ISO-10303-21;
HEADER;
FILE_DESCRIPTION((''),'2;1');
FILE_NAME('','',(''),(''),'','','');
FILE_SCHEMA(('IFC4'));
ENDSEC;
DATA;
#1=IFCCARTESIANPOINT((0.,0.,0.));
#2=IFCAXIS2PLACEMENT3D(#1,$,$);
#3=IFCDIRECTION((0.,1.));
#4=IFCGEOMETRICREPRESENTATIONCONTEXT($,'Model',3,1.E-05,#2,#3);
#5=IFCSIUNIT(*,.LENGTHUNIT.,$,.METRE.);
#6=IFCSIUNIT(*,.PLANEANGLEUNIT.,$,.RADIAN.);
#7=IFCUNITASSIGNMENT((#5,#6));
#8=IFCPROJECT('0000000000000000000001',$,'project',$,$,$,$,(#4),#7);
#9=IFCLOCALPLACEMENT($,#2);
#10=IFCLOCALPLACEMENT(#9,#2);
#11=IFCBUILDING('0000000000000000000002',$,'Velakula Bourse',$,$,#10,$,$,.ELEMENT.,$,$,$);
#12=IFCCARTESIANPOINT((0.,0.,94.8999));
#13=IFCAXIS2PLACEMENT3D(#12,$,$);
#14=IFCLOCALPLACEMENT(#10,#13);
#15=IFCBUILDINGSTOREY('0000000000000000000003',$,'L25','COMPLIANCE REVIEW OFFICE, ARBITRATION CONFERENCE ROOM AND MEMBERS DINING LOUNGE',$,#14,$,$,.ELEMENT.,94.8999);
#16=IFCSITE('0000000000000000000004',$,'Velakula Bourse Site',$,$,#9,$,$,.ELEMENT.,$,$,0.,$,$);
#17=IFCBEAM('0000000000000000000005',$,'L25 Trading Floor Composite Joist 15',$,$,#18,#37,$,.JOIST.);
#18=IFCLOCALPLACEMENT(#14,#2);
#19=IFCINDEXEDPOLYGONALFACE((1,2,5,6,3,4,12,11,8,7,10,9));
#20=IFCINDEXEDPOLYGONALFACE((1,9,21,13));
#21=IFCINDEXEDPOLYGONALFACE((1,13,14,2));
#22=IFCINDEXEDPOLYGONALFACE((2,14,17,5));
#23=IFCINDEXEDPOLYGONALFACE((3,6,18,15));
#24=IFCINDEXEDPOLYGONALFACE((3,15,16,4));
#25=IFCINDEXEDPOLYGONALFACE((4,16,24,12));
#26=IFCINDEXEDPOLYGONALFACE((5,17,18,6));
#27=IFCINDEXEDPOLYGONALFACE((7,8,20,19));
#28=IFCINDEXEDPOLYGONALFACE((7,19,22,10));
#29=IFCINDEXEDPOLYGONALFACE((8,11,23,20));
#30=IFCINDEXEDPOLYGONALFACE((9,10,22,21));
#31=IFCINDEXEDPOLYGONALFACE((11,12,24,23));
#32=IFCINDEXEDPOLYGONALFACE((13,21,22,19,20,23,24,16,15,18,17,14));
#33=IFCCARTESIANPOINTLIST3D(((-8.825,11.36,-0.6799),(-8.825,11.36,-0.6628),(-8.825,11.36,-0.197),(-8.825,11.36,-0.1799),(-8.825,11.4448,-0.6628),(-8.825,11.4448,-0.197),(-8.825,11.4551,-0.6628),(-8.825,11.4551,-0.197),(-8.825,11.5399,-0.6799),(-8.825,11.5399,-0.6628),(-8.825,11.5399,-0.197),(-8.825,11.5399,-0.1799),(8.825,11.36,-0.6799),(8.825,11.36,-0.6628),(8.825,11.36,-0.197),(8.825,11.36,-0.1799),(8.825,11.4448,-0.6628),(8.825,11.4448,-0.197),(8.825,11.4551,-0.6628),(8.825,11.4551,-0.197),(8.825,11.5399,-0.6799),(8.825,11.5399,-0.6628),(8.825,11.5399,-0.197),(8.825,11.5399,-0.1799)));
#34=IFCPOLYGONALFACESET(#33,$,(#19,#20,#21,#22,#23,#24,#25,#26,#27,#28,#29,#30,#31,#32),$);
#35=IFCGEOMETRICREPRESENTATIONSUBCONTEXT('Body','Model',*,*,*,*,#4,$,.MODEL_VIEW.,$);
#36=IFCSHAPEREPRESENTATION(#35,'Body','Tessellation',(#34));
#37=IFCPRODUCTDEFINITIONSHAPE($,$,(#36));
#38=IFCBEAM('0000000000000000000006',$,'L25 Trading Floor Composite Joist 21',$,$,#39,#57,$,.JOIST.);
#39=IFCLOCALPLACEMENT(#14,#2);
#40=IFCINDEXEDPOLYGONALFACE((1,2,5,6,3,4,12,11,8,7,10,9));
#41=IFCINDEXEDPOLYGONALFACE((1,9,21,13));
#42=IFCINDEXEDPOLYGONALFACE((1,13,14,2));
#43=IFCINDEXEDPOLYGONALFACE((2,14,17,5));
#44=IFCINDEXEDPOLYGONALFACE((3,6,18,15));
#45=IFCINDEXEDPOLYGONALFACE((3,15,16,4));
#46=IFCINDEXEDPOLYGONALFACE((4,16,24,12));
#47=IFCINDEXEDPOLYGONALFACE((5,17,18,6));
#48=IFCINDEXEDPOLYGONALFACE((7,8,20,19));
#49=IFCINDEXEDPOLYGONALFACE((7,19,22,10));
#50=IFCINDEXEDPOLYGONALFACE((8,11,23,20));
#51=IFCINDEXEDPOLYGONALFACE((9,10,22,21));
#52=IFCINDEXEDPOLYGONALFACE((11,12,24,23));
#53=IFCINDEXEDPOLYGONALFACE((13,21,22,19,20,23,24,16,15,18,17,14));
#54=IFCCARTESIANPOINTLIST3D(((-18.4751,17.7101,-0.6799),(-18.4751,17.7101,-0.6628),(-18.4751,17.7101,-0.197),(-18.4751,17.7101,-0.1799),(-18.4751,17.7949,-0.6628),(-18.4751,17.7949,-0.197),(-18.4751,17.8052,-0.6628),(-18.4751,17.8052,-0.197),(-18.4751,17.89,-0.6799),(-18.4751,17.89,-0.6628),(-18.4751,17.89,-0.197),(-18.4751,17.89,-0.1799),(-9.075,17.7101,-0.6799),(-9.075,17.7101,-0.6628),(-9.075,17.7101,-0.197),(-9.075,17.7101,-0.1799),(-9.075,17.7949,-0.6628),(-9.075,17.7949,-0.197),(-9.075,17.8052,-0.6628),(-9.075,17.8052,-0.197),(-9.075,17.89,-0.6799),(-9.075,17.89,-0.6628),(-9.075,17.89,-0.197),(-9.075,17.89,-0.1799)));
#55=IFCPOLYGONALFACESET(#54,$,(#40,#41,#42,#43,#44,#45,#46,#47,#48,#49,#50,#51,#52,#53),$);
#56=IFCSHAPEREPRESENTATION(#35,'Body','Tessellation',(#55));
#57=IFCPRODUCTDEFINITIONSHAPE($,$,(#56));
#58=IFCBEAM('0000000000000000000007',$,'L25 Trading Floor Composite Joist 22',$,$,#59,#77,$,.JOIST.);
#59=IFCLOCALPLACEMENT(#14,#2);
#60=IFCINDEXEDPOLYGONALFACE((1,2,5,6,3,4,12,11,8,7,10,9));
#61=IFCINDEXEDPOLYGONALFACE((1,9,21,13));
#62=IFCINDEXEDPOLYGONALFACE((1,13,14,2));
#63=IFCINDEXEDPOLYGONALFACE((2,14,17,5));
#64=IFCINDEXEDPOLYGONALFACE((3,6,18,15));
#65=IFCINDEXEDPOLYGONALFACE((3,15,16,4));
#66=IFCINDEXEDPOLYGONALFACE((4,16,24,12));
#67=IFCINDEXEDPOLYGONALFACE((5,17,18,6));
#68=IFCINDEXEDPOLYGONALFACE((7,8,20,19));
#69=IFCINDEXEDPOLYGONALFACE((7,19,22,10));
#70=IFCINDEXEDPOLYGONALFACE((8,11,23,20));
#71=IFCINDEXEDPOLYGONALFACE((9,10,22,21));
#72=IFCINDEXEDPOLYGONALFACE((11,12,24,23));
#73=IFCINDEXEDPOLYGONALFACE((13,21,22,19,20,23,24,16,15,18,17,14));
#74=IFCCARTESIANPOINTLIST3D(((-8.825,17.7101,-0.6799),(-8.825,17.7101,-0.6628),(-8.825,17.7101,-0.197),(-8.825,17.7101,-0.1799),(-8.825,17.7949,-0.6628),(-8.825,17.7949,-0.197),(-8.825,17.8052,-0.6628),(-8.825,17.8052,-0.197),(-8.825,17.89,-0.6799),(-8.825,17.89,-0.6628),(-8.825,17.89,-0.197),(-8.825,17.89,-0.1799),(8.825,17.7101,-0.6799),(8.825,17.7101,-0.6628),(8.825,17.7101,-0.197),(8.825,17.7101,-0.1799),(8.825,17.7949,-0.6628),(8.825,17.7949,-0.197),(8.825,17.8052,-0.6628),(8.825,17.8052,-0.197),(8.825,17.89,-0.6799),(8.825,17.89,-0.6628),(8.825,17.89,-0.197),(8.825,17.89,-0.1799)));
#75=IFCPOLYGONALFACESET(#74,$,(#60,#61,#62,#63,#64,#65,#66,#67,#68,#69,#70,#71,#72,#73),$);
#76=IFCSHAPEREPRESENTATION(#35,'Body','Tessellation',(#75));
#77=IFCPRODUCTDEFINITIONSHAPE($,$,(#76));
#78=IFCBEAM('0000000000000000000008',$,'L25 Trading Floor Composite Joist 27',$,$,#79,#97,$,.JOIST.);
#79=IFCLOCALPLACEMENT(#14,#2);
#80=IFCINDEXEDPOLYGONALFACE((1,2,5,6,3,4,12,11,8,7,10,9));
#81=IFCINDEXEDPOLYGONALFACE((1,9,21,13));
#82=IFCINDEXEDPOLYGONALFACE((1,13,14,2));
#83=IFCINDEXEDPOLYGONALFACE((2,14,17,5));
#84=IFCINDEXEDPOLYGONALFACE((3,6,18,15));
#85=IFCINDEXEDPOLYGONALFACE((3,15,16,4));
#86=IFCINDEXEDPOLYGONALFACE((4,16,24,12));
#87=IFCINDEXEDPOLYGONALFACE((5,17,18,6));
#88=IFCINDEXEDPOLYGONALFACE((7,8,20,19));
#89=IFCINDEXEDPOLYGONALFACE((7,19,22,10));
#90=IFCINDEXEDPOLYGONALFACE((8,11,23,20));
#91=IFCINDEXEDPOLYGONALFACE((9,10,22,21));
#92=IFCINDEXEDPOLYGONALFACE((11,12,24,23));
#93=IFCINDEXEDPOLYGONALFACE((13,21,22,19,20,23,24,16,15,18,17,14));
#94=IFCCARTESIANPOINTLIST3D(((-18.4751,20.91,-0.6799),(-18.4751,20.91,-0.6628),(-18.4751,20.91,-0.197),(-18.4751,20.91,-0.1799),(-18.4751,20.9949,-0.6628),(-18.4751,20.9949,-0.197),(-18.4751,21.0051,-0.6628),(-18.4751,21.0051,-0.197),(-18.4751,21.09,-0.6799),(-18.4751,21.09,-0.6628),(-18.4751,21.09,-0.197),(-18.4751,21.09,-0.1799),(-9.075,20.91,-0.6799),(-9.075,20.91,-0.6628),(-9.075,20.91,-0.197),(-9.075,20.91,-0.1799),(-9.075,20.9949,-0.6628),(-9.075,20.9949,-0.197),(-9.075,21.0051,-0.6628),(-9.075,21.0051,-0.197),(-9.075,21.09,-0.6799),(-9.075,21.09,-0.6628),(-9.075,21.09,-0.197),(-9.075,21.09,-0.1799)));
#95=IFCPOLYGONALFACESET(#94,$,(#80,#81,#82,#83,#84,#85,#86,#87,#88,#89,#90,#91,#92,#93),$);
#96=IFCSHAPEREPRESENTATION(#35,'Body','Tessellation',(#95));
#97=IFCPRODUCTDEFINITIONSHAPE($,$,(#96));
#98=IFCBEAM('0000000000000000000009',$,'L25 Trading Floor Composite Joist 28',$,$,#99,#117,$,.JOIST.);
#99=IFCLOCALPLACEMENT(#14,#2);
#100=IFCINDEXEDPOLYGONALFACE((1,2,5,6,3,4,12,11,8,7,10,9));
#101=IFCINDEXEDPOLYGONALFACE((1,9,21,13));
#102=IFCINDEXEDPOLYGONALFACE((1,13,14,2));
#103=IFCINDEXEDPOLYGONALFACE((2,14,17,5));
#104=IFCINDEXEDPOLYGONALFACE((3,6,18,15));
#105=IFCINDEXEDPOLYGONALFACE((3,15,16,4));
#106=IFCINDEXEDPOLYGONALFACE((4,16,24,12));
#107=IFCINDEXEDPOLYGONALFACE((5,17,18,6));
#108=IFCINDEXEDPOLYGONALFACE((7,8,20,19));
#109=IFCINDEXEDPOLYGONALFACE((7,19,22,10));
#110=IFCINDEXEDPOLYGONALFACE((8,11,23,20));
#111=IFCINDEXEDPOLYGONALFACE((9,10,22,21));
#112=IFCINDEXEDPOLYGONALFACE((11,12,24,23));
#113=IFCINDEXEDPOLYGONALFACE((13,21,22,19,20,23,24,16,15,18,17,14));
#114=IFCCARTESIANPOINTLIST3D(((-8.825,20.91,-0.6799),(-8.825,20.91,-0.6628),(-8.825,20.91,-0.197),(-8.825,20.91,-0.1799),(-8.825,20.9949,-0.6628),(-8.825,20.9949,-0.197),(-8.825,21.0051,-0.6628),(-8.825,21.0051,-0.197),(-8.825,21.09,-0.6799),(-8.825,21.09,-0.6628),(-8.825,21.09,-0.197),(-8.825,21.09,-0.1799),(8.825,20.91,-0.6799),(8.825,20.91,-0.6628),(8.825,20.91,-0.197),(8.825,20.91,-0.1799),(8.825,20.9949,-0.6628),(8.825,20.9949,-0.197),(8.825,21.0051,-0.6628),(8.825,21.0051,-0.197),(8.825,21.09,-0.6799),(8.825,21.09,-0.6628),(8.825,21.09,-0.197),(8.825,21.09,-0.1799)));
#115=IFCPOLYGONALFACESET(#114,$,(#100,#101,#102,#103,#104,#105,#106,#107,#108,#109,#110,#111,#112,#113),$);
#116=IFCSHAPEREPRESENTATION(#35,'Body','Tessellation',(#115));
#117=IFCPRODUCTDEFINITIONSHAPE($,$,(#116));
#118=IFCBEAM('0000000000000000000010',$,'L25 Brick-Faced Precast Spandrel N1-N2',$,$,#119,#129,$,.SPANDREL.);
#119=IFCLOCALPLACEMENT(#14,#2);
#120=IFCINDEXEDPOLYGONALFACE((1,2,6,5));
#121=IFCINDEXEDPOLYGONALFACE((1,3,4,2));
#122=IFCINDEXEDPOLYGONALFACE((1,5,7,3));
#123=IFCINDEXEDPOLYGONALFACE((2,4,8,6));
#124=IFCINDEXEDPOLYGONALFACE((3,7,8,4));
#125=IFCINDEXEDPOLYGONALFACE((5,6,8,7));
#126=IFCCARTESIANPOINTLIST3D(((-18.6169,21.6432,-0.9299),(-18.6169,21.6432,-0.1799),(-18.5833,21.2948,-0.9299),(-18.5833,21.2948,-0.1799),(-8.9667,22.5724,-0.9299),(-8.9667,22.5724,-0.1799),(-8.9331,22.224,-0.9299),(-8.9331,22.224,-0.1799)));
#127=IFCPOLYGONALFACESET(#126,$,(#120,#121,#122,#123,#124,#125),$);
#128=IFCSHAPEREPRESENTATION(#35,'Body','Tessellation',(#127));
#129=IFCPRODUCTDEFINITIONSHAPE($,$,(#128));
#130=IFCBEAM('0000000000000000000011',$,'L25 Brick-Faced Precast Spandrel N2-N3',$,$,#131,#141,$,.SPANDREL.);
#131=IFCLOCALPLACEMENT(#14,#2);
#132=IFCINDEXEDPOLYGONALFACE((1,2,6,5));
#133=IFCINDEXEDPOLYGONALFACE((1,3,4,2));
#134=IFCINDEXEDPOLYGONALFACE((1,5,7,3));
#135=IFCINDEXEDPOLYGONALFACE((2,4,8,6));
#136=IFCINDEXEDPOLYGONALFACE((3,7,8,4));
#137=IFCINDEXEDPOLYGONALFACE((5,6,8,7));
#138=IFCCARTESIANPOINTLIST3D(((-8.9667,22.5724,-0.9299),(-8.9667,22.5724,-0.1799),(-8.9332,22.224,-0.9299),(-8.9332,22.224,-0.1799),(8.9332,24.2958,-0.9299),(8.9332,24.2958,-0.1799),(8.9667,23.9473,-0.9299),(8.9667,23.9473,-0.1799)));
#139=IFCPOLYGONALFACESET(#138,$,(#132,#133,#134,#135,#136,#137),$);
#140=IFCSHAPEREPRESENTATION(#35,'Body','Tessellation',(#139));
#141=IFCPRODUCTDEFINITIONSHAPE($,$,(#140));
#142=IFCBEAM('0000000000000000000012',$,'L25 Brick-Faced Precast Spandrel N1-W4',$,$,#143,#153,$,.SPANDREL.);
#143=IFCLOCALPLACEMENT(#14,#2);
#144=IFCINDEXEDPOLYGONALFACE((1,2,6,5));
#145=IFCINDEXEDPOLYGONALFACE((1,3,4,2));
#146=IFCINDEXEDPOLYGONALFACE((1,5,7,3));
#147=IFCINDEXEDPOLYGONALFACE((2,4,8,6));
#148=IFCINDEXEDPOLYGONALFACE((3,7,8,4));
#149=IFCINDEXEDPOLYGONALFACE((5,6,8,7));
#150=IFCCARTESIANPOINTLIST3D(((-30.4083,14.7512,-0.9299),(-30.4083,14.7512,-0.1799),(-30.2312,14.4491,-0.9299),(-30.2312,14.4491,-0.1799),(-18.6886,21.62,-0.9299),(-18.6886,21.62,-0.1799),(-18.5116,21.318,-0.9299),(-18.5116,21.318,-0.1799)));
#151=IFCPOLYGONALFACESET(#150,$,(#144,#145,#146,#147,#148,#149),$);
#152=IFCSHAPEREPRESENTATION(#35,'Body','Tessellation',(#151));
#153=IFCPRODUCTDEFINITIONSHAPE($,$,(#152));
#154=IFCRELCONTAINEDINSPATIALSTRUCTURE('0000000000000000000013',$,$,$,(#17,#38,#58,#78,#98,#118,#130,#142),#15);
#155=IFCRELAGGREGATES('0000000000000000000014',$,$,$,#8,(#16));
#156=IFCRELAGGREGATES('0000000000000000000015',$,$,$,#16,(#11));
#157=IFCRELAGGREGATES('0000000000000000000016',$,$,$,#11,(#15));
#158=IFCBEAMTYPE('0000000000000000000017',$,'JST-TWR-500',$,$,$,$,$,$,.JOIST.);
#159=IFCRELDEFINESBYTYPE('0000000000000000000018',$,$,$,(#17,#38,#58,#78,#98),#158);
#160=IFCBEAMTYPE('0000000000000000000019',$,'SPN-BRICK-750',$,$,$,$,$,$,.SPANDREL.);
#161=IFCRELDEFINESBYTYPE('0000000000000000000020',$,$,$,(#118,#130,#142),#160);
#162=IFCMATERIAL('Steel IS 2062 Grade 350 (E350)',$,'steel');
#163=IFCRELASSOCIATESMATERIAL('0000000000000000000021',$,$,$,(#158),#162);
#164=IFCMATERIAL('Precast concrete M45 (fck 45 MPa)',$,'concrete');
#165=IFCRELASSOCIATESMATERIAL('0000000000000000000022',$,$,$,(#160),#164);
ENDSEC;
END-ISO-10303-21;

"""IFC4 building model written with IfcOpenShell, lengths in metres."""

from ifc_helpers import new_model, si_unit, direction, frame, origin, origin_2d, place, context, subcontext, project, spatial, rectangle, i_section, extrude, material, material_profile, profile_set, type_object, element, save


model = new_model("IFC4")

# Units and contexts
model_context = context("Model", 3, precision=1e-05, world=origin(), true_north=direction((0.0, 1.0)))
body_context = subcontext(model_context, "Body", "Model", "MODEL_VIEW")
ifc_project = project(units=[si_unit("LENGTHUNIT", "METRE"), si_unit("PLANEANGLEUNIT", "RADIAN")], contexts=[model_context])

# Site, building, storey
site_placement = place(None, origin())
site = spatial("IfcSite", under=ifc_project, at=site_placement, Name="Velakula Bourse Site", CompositionType="ELEMENT", RefElevation=0.0)
building_placement = place(site_placement, origin())
building = spatial("IfcBuilding", under=site, at=building_placement, Name="Velakula Bourse", CompositionType="ELEMENT")
storey_placement = place(building_placement, frame((0.0, 0.0, 94.8999)))
storey = spatial("IfcBuildingStorey", under=building, at=storey_placement, Name="L25", Description="COMPLIANCE REVIEW OFFICE, ARBITRATION CONFERENCE ROOM AND MEMBERS DINING LOUNGE", CompositionType="ELEMENT", Elevation=94.8999)

# Beams
ifc_material_1 = material(Name="Steel IS 2062 Grade 350 (E350)", Category="steel")
ifc_material_profile_1 = material_profile(ifc_material_1, i_section(OverallWidth=0.1799, OverallDepth=0.5, WebThickness=0.0103, FlangeThickness=0.0171, at=origin_2d()), Name="Steel IS 2062 Grade 350 (E350)")
ifc_profile_set_1 = profile_set([ifc_material_profile_1], Name="Steel IS 2062 Grade 350 (E350)")
beam_type_1 = type_object("IfcBeamType", Name="JST-TWR-500", PredefinedType="JOIST", material=ifc_profile_set_1)
beam_1_placement = place(storey_placement, frame((-8.825, 11.45, -0.4299), z_axis=(1.0, 0.0, 0.0), x_axis=(0.0, 1.0, 0.0)))
element("IfcBeam", 1, at=beam_1_placement, inside=storey, type_object=beam_type_1, Name="L25 Trading Floor Composite Joist 15", PredefinedType="JOIST", context=body_context, shape_type="SweptSolid", body=[
    extrude(i_section(OverallWidth=0.1799, OverallDepth=0.5, WebThickness=0.0103, FlangeThickness=0.0171, at=origin_2d()), origin(), (0.0, 0.0, 1.0), 17.6499),
])
beam_2_placement = place(storey_placement, frame((-18.4751, 17.8, -0.4299), z_axis=(1.0, 0.0, 0.0), x_axis=(0.0, 1.0, 0.0)))
element("IfcBeam", 2, at=beam_2_placement, inside=storey, type_object=beam_type_1, Name="L25 Trading Floor Composite Joist 21", PredefinedType="JOIST", context=body_context, shape_type="SweptSolid", body=[
    extrude(i_section(OverallWidth=0.1799, OverallDepth=0.5, WebThickness=0.0103, FlangeThickness=0.0171, at=origin_2d()), origin(), (0.0, 0.0, 1.0), 9.4001),
])
beam_3_placement = place(storey_placement, frame((-8.825, 17.8, -0.4299), z_axis=(1.0, 0.0, 0.0), x_axis=(0.0, 1.0, 0.0)))
element("IfcBeam", 3, at=beam_3_placement, inside=storey, type_object=beam_type_1, Name="L25 Trading Floor Composite Joist 22", PredefinedType="JOIST", context=body_context, shape_type="SweptSolid", body=[
    extrude(i_section(OverallWidth=0.1799, OverallDepth=0.5, WebThickness=0.0103, FlangeThickness=0.0171, at=origin_2d()), origin(), (0.0, 0.0, 1.0), 17.6499),
])
beam_4_placement = place(storey_placement, frame((-18.4751, 21.0, -0.4299), z_axis=(1.0, 0.0, 0.0), x_axis=(0.0, 1.0, 0.0)))
element("IfcBeam", 4, at=beam_4_placement, inside=storey, type_object=beam_type_1, Name="L25 Trading Floor Composite Joist 27", PredefinedType="JOIST", context=body_context, shape_type="SweptSolid", body=[
    extrude(i_section(OverallWidth=0.1799, OverallDepth=0.5, WebThickness=0.0103, FlangeThickness=0.0171, at=origin_2d()), origin(), (0.0, 0.0, 1.0), 9.4001),
])
beam_5_placement = place(storey_placement, frame((-8.825, 21.0, -0.4299), z_axis=(1.0, 0.0, 0.0), x_axis=(0.0, 1.0, 0.0)))
element("IfcBeam", 5, at=beam_5_placement, inside=storey, type_object=beam_type_1, Name="L25 Trading Floor Composite Joist 28", PredefinedType="JOIST", context=body_context, shape_type="SweptSolid", body=[
    extrude(i_section(OverallWidth=0.1799, OverallDepth=0.5, WebThickness=0.0103, FlangeThickness=0.0171, at=origin_2d()), origin(), (0.0, 0.0, 1.0), 17.6499),
])
ifc_material_2 = material(Name="Precast concrete M45 (fck 45 MPa)", Category="concrete")
ifc_material_profile_2 = material_profile(ifc_material_2, rectangle(XDim=0.3501, YDim=0.75, at=origin_2d()), Name="Precast concrete M45 (fck 45 MPa)")
ifc_profile_set_2 = profile_set([ifc_material_profile_2], Name="Precast concrete M45 (fck 45 MPa)")
beam_type_2 = type_object("IfcBeamType", Name="SPN-BRICK-750", PredefinedType="SPANDREL", material=ifc_profile_set_2)
beam_6_placement = place(storey_placement, frame((-18.6001, 21.469, -0.5549), z_axis=(0.995396, 0.095845, 0.0), x_axis=(-0.095845, 0.995396, 0.0)))
element("IfcBeam", 6, at=beam_6_placement, inside=storey, type_object=beam_type_2, Name="L25 Brick-Faced Precast Spandrel N1-N2", PredefinedType="SPANDREL", context=body_context, shape_type="SweptSolid", body=[
    extrude(rectangle(XDim=0.3501, YDim=0.75, at=origin_2d()), origin(), (0.0, 0.0, 1.0), 9.6948),
])
beam_7_placement = place(storey_placement, frame((-8.95, 22.3982, -0.5549), z_axis=(0.995397, 0.095836, 0.0), x_axis=(-0.095836, 0.995397, 0.0)))
element("IfcBeam", 7, at=beam_7_placement, inside=storey, type_object=beam_type_2, Name="L25 Brick-Faced Precast Spandrel N2-N3", PredefinedType="SPANDREL", context=body_context, shape_type="SweptSolid", body=[
    extrude(rectangle(XDim=0.3501, YDim=0.75, at=origin_2d()), origin(), (0.0, 0.0, 1.0), 17.9827),
])
beam_8_placement = place(storey_placement, frame((-18.6001, 21.469, -0.5549), z_axis=(-0.862739, -0.505649, 0.0), x_axis=(0.505649, -0.862739, 0.0)))
element("IfcBeam", 8, at=beam_8_placement, inside=storey, type_object=beam_type_2, Name="L25 Brick-Faced Precast Spandrel N1-W4", PredefinedType="SPANDREL", context=body_context, shape_type="SweptSolid", body=[
    extrude(rectangle(XDim=0.3501, YDim=0.75, at=origin_2d()), origin(), (0.0, 0.0, 1.0), 13.5842),
])

save(model, "model.ifc")
